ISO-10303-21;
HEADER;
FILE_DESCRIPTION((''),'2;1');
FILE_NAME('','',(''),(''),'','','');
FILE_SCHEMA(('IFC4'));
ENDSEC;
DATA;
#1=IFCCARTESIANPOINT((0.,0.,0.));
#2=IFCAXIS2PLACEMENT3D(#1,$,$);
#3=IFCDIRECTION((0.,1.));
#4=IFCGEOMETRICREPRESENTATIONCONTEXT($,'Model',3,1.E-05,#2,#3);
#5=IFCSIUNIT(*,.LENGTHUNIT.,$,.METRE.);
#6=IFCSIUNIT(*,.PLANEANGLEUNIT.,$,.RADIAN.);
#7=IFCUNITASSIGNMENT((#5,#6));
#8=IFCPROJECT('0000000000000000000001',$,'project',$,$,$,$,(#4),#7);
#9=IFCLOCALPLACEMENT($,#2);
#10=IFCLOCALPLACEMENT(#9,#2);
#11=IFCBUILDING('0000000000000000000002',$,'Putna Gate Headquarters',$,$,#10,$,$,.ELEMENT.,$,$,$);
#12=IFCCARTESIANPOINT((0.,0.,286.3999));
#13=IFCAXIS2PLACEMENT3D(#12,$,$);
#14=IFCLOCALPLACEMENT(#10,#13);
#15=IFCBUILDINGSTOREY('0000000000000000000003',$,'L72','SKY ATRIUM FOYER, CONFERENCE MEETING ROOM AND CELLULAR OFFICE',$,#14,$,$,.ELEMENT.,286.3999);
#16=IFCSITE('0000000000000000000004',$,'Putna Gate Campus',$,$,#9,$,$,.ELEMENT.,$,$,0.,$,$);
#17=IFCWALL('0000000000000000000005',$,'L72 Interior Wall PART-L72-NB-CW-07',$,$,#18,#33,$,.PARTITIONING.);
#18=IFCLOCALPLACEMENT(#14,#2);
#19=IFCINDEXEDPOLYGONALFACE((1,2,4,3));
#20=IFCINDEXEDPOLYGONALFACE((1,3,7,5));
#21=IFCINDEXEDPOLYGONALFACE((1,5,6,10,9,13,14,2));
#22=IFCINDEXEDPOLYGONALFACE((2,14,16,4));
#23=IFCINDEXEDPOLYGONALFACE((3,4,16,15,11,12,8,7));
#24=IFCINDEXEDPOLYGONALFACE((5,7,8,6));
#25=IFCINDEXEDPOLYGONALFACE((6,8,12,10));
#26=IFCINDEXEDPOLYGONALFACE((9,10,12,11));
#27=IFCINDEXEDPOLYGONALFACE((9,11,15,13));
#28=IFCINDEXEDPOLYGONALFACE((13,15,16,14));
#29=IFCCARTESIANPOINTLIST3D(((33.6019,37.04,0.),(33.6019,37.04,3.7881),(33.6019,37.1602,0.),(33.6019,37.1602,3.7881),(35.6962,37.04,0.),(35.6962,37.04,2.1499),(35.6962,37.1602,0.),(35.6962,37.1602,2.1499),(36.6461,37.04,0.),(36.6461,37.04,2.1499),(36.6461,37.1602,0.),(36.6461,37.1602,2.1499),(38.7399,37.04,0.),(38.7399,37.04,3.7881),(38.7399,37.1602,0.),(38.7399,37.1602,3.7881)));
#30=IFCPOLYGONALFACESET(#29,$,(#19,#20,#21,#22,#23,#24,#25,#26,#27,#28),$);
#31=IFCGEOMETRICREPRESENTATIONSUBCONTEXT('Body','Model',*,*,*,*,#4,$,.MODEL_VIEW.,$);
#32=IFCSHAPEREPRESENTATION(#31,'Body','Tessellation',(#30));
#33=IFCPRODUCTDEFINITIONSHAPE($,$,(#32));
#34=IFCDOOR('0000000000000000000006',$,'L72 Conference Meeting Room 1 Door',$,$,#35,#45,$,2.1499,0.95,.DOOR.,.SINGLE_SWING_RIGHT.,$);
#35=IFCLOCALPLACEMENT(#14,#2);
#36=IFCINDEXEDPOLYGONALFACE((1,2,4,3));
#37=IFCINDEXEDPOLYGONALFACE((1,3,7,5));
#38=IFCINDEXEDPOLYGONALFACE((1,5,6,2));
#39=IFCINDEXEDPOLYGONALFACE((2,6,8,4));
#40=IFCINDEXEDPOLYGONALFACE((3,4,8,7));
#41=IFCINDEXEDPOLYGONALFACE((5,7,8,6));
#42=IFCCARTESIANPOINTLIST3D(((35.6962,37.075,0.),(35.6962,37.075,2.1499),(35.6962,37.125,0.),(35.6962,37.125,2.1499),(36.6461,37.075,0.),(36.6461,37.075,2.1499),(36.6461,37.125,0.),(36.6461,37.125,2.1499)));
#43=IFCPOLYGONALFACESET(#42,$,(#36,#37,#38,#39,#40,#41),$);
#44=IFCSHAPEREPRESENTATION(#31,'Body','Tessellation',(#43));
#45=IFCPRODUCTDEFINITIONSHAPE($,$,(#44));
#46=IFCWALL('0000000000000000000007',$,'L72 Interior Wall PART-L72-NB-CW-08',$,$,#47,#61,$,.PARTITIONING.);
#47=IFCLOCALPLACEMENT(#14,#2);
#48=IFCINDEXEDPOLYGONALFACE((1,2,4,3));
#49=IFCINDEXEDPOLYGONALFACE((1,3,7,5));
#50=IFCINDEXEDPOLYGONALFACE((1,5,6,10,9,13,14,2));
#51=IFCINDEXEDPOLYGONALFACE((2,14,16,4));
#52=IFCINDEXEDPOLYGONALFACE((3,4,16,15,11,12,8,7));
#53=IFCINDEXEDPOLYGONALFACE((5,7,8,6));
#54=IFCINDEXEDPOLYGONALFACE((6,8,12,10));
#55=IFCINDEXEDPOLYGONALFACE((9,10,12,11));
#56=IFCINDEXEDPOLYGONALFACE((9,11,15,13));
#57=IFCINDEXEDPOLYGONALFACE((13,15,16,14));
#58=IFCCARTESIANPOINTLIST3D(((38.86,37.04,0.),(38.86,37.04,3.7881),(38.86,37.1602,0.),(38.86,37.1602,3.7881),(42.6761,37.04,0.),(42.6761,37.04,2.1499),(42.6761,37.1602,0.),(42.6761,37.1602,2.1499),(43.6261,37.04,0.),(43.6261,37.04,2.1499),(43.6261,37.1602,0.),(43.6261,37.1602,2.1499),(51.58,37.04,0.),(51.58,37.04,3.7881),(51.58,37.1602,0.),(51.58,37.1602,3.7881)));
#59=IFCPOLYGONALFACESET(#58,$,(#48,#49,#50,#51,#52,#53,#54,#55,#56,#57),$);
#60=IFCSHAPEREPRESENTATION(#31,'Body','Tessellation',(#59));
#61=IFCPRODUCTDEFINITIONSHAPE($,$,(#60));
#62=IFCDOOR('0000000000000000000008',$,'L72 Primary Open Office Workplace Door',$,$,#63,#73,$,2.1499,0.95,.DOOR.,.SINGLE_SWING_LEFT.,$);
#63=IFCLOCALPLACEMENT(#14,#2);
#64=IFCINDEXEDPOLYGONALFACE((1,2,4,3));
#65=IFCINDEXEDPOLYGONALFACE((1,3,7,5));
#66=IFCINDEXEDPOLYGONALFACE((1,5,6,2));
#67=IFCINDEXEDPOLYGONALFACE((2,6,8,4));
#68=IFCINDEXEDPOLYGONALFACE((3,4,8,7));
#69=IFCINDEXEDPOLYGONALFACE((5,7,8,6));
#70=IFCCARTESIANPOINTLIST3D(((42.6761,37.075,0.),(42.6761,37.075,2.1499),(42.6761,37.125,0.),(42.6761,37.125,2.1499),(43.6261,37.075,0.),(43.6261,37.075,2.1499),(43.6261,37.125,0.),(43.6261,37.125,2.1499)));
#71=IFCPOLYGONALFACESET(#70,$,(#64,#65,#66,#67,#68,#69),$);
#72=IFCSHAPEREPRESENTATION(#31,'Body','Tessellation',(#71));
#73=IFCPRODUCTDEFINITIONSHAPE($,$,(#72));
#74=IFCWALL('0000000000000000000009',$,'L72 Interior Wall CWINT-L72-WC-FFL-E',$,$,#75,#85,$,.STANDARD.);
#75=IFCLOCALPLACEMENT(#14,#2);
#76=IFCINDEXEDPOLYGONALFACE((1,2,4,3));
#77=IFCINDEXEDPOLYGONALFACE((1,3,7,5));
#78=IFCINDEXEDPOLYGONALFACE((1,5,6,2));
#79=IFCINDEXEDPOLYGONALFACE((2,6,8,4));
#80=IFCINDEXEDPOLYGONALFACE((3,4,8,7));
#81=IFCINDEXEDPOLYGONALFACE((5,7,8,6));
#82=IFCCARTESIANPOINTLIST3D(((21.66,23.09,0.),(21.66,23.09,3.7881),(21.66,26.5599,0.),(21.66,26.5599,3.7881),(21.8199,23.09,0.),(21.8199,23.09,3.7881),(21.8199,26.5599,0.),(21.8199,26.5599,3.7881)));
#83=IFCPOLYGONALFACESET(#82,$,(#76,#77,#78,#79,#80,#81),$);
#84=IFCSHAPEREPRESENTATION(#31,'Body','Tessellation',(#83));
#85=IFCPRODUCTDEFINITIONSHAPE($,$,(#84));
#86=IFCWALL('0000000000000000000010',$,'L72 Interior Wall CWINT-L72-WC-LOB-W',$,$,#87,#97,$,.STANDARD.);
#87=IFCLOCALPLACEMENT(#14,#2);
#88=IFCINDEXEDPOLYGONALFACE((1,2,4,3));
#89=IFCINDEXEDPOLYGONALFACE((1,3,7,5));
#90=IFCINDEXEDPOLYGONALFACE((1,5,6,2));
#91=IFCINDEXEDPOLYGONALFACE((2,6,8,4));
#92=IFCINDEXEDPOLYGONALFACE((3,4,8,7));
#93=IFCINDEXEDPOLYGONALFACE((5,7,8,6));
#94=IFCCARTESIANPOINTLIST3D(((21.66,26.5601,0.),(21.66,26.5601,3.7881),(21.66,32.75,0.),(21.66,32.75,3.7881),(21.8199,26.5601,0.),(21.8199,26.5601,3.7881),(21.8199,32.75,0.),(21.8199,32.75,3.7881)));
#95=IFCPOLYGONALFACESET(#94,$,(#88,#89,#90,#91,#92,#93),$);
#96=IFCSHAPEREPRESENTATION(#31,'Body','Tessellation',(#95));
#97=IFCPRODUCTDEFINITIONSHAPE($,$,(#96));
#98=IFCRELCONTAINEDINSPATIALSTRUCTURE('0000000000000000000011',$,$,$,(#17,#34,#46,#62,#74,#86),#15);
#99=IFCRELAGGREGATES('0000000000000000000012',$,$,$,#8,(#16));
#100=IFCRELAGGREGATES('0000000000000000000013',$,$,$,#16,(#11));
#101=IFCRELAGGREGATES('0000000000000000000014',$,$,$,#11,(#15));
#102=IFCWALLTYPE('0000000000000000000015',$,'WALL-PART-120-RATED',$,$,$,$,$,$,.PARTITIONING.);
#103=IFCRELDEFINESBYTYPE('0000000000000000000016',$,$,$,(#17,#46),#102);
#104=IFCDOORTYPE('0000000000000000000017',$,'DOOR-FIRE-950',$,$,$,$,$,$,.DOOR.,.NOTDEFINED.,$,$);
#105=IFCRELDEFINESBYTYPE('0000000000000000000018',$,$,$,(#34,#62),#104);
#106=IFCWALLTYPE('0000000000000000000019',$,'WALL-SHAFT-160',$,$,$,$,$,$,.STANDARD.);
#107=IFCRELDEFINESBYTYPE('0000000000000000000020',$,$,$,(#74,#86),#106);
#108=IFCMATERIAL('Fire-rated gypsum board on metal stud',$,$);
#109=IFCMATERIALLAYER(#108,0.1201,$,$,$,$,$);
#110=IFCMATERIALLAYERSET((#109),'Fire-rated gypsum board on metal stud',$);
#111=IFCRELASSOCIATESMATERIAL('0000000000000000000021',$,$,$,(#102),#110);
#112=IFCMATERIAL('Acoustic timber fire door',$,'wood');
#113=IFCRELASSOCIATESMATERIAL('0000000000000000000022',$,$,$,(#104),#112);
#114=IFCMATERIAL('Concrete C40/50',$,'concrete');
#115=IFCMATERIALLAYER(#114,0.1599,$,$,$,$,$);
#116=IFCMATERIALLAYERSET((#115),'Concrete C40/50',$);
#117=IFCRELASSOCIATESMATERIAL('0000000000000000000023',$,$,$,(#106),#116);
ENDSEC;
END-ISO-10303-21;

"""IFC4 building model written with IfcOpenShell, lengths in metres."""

from ifc_helpers import new_model, si_unit, direction, frame, frame_2d, origin, place, context, subcontext, project, spatial, rectangle, extrude, material, layer, layer_set, type_object, element, fill, save


model = new_model("IFC4")

# Units and contexts
model_context = context("Model", 3, precision=1e-05, world=origin(), true_north=direction((0.0, 1.0)))
body_context = subcontext(model_context, "Body", "Model", "MODEL_VIEW")
ifc_project = project(units=[si_unit("LENGTHUNIT", "METRE"), si_unit("PLANEANGLEUNIT", "RADIAN")], contexts=[model_context])

# Site, building, storey
site_placement = place(None, origin())
site = spatial("IfcSite", under=ifc_project, at=site_placement, Name="Putna Gate Campus", CompositionType="ELEMENT", RefElevation=0.0)
building_placement = place(site_placement, origin())
building = spatial("IfcBuilding", under=site, at=building_placement, Name="Putna Gate Headquarters", CompositionType="ELEMENT")
storey_placement = place(building_placement, frame((0.0, 0.0, 286.3999)))
storey = spatial("IfcBuildingStorey", under=building, at=storey_placement, Name="L72", Description="SKY ATRIUM FOYER, CONFERENCE MEETING ROOM AND CELLULAR OFFICE", CompositionType="ELEMENT", Elevation=286.3999)

# Shared definitions
ifc_material_1 = material(Name="Fire-rated gypsum board on metal stud")
ifc_layer_1 = layer(ifc_material_1, 0.1201)
ifc_layer_set_1 = layer_set([ifc_layer_1], Name="Fire-rated gypsum board on metal stud")
wall_type_1 = type_object("IfcWallType", Name="WALL-PART-120-RATED", PredefinedType="PARTITIONING", material=ifc_layer_set_1)

# Walls, openings, doors
ifc_material_2 = material(Name="Acoustic timber fire door", Category="wood")
door_type = type_object("IfcDoorType", Name="DOOR-FIRE-950", OperationType="NOTDEFINED", PredefinedType="DOOR", material=ifc_material_2)
wall_1_placement = place(storey_placement, frame((33.6021, 37.1001, 0.0), z_axis=(0.0, 0.0, 1.0), x_axis=(1.0, 0.0, 0.0)))
wall_1 = element("IfcWall", 1, at=wall_1_placement, inside=storey, type_object=wall_type_1, Name="L72 Interior Wall PART-L72-NB-CW-07", PredefinedType="PARTITIONING", context=body_context, shape_type="SweptSolid", body=[
    extrude(rectangle(XDim=5.1379, YDim=0.1201, at=frame_2d((2.5688, 0.0))), origin(), (0.0, 0.0, 1.0), 3.7881),
])
opening_1_placement = place(wall_1_placement, frame((2.094, 0.0, 0.0)))
opening_1 = element("IfcOpeningElement", 2, at=opening_1_placement, cuts=wall_1, PredefinedType="OPENING", context=body_context, shape_type="SweptSolid", body=[
    extrude(rectangle(XDim=0.95, YDim=2.1499, at=frame_2d((0.4751, 1.075))), frame((0.0, 0.0701, 0.0), z_axis=(0.0, -1.0, 0.0), x_axis=(1.0, 0.0, 0.0)), (0.0, 0.0, 1.0), 0.1401),
])
door_1_placement = place(opening_1_placement, origin())
door_1 = element("IfcDoor", 3, at=door_1_placement, inside=storey, type_object=door_type, Name="L72 Conference Meeting Room 1 Door", OperationType="SINGLE_SWING_RIGHT", OverallHeight=2.1499, OverallWidth=0.95, PredefinedType="DOOR", context=body_context, shape_type="SweptSolid", body=[
    extrude(rectangle(XDim=0.95, YDim=2.1499, at=frame_2d((0.4751, 1.075))), frame((0.0, 0.0249, 0.0), z_axis=(0.0, -1.0, 0.0), x_axis=(1.0, 0.0, 0.0)), (0.0, 0.0, 1.0), 0.05),
])
fill(opening_1, door_1)
wall_2_placement = place(storey_placement, frame((38.8601, 37.1001, 0.0), z_axis=(0.0, 0.0, 1.0), x_axis=(1.0, 0.0, 0.0)))
wall_2 = element("IfcWall", 4, at=wall_2_placement, inside=storey, type_object=wall_type_1, Name="L72 Interior Wall PART-L72-NB-CW-08", PredefinedType="PARTITIONING", context=body_context, shape_type="SweptSolid", body=[
    extrude(rectangle(XDim=12.72, YDim=0.1201, at=frame_2d((6.3599, 0.0))), origin(), (0.0, 0.0, 1.0), 3.7881),
])
opening_2_placement = place(wall_2_placement, frame((3.8159, 0.0, 0.0)))
opening_2 = element("IfcOpeningElement", 5, at=opening_2_placement, cuts=wall_2, PredefinedType="OPENING", context=body_context, shape_type="SweptSolid", body=[
    extrude(rectangle(XDim=0.95, YDim=2.1499, at=frame_2d((0.4751, 1.075))), frame((0.0, 0.0701, 0.0), z_axis=(0.0, -1.0, 0.0), x_axis=(1.0, 0.0, 0.0)), (0.0, 0.0, 1.0), 0.1401),
])
door_2_placement = place(opening_2_placement, origin())
door_2 = element("IfcDoor", 6, at=door_2_placement, inside=storey, type_object=door_type, Name="L72 Primary Open Office Workplace Door", OperationType="SINGLE_SWING_LEFT", OverallHeight=2.1499, OverallWidth=0.95, PredefinedType="DOOR", context=body_context, shape_type="SweptSolid", body=[
    extrude(rectangle(XDim=0.95, YDim=2.1499, at=frame_2d((0.4751, 1.075))), frame((0.0, 0.0249, 0.0), z_axis=(0.0, -1.0, 0.0), x_axis=(1.0, 0.0, 0.0)), (0.0, 0.0, 1.0), 0.05),
])
fill(opening_2, door_2)

# Walls
ifc_material_3 = material(Name="Concrete C40/50", Category="concrete")
ifc_layer_2 = layer(ifc_material_3, 0.1599)
ifc_layer_set_2 = layer_set([ifc_layer_2], Name="Concrete C40/50")
wall_type_2 = type_object("IfcWallType", Name="WALL-SHAFT-160", PredefinedType="STANDARD", material=ifc_layer_set_2)
wall_3_placement = place(storey_placement, frame((21.74, 23.0901, 0.0), z_axis=(0.0, 0.0, 1.0), x_axis=(0.0, 1.0, 0.0)))
element("IfcWall", 7, at=wall_3_placement, inside=storey, type_object=wall_type_2, Name="L72 Interior Wall CWINT-L72-WC-FFL-E", PredefinedType="STANDARD", context=body_context, shape_type="SweptSolid", body=[
    extrude(rectangle(XDim=3.47, YDim=0.1599, at=frame_2d((1.7349, 0.0))), origin(), (0.0, 0.0, 1.0), 3.7881),
])
wall_4_placement = place(storey_placement, frame((21.74, 26.5601, 0.0), z_axis=(0.0, 0.0, 1.0), x_axis=(0.0, 1.0, 0.0)))
element("IfcWall", 8, at=wall_4_placement, inside=storey, type_object=wall_type_2, Name="L72 Interior Wall CWINT-L72-WC-LOB-W", PredefinedType="STANDARD", context=body_context, shape_type="SweptSolid", body=[
    extrude(rectangle(XDim=6.1899, YDim=0.1599, at=frame_2d((3.095, 0.0))), origin(), (0.0, 0.0, 1.0), 3.7881),
])

save(model, "model.ifc")
